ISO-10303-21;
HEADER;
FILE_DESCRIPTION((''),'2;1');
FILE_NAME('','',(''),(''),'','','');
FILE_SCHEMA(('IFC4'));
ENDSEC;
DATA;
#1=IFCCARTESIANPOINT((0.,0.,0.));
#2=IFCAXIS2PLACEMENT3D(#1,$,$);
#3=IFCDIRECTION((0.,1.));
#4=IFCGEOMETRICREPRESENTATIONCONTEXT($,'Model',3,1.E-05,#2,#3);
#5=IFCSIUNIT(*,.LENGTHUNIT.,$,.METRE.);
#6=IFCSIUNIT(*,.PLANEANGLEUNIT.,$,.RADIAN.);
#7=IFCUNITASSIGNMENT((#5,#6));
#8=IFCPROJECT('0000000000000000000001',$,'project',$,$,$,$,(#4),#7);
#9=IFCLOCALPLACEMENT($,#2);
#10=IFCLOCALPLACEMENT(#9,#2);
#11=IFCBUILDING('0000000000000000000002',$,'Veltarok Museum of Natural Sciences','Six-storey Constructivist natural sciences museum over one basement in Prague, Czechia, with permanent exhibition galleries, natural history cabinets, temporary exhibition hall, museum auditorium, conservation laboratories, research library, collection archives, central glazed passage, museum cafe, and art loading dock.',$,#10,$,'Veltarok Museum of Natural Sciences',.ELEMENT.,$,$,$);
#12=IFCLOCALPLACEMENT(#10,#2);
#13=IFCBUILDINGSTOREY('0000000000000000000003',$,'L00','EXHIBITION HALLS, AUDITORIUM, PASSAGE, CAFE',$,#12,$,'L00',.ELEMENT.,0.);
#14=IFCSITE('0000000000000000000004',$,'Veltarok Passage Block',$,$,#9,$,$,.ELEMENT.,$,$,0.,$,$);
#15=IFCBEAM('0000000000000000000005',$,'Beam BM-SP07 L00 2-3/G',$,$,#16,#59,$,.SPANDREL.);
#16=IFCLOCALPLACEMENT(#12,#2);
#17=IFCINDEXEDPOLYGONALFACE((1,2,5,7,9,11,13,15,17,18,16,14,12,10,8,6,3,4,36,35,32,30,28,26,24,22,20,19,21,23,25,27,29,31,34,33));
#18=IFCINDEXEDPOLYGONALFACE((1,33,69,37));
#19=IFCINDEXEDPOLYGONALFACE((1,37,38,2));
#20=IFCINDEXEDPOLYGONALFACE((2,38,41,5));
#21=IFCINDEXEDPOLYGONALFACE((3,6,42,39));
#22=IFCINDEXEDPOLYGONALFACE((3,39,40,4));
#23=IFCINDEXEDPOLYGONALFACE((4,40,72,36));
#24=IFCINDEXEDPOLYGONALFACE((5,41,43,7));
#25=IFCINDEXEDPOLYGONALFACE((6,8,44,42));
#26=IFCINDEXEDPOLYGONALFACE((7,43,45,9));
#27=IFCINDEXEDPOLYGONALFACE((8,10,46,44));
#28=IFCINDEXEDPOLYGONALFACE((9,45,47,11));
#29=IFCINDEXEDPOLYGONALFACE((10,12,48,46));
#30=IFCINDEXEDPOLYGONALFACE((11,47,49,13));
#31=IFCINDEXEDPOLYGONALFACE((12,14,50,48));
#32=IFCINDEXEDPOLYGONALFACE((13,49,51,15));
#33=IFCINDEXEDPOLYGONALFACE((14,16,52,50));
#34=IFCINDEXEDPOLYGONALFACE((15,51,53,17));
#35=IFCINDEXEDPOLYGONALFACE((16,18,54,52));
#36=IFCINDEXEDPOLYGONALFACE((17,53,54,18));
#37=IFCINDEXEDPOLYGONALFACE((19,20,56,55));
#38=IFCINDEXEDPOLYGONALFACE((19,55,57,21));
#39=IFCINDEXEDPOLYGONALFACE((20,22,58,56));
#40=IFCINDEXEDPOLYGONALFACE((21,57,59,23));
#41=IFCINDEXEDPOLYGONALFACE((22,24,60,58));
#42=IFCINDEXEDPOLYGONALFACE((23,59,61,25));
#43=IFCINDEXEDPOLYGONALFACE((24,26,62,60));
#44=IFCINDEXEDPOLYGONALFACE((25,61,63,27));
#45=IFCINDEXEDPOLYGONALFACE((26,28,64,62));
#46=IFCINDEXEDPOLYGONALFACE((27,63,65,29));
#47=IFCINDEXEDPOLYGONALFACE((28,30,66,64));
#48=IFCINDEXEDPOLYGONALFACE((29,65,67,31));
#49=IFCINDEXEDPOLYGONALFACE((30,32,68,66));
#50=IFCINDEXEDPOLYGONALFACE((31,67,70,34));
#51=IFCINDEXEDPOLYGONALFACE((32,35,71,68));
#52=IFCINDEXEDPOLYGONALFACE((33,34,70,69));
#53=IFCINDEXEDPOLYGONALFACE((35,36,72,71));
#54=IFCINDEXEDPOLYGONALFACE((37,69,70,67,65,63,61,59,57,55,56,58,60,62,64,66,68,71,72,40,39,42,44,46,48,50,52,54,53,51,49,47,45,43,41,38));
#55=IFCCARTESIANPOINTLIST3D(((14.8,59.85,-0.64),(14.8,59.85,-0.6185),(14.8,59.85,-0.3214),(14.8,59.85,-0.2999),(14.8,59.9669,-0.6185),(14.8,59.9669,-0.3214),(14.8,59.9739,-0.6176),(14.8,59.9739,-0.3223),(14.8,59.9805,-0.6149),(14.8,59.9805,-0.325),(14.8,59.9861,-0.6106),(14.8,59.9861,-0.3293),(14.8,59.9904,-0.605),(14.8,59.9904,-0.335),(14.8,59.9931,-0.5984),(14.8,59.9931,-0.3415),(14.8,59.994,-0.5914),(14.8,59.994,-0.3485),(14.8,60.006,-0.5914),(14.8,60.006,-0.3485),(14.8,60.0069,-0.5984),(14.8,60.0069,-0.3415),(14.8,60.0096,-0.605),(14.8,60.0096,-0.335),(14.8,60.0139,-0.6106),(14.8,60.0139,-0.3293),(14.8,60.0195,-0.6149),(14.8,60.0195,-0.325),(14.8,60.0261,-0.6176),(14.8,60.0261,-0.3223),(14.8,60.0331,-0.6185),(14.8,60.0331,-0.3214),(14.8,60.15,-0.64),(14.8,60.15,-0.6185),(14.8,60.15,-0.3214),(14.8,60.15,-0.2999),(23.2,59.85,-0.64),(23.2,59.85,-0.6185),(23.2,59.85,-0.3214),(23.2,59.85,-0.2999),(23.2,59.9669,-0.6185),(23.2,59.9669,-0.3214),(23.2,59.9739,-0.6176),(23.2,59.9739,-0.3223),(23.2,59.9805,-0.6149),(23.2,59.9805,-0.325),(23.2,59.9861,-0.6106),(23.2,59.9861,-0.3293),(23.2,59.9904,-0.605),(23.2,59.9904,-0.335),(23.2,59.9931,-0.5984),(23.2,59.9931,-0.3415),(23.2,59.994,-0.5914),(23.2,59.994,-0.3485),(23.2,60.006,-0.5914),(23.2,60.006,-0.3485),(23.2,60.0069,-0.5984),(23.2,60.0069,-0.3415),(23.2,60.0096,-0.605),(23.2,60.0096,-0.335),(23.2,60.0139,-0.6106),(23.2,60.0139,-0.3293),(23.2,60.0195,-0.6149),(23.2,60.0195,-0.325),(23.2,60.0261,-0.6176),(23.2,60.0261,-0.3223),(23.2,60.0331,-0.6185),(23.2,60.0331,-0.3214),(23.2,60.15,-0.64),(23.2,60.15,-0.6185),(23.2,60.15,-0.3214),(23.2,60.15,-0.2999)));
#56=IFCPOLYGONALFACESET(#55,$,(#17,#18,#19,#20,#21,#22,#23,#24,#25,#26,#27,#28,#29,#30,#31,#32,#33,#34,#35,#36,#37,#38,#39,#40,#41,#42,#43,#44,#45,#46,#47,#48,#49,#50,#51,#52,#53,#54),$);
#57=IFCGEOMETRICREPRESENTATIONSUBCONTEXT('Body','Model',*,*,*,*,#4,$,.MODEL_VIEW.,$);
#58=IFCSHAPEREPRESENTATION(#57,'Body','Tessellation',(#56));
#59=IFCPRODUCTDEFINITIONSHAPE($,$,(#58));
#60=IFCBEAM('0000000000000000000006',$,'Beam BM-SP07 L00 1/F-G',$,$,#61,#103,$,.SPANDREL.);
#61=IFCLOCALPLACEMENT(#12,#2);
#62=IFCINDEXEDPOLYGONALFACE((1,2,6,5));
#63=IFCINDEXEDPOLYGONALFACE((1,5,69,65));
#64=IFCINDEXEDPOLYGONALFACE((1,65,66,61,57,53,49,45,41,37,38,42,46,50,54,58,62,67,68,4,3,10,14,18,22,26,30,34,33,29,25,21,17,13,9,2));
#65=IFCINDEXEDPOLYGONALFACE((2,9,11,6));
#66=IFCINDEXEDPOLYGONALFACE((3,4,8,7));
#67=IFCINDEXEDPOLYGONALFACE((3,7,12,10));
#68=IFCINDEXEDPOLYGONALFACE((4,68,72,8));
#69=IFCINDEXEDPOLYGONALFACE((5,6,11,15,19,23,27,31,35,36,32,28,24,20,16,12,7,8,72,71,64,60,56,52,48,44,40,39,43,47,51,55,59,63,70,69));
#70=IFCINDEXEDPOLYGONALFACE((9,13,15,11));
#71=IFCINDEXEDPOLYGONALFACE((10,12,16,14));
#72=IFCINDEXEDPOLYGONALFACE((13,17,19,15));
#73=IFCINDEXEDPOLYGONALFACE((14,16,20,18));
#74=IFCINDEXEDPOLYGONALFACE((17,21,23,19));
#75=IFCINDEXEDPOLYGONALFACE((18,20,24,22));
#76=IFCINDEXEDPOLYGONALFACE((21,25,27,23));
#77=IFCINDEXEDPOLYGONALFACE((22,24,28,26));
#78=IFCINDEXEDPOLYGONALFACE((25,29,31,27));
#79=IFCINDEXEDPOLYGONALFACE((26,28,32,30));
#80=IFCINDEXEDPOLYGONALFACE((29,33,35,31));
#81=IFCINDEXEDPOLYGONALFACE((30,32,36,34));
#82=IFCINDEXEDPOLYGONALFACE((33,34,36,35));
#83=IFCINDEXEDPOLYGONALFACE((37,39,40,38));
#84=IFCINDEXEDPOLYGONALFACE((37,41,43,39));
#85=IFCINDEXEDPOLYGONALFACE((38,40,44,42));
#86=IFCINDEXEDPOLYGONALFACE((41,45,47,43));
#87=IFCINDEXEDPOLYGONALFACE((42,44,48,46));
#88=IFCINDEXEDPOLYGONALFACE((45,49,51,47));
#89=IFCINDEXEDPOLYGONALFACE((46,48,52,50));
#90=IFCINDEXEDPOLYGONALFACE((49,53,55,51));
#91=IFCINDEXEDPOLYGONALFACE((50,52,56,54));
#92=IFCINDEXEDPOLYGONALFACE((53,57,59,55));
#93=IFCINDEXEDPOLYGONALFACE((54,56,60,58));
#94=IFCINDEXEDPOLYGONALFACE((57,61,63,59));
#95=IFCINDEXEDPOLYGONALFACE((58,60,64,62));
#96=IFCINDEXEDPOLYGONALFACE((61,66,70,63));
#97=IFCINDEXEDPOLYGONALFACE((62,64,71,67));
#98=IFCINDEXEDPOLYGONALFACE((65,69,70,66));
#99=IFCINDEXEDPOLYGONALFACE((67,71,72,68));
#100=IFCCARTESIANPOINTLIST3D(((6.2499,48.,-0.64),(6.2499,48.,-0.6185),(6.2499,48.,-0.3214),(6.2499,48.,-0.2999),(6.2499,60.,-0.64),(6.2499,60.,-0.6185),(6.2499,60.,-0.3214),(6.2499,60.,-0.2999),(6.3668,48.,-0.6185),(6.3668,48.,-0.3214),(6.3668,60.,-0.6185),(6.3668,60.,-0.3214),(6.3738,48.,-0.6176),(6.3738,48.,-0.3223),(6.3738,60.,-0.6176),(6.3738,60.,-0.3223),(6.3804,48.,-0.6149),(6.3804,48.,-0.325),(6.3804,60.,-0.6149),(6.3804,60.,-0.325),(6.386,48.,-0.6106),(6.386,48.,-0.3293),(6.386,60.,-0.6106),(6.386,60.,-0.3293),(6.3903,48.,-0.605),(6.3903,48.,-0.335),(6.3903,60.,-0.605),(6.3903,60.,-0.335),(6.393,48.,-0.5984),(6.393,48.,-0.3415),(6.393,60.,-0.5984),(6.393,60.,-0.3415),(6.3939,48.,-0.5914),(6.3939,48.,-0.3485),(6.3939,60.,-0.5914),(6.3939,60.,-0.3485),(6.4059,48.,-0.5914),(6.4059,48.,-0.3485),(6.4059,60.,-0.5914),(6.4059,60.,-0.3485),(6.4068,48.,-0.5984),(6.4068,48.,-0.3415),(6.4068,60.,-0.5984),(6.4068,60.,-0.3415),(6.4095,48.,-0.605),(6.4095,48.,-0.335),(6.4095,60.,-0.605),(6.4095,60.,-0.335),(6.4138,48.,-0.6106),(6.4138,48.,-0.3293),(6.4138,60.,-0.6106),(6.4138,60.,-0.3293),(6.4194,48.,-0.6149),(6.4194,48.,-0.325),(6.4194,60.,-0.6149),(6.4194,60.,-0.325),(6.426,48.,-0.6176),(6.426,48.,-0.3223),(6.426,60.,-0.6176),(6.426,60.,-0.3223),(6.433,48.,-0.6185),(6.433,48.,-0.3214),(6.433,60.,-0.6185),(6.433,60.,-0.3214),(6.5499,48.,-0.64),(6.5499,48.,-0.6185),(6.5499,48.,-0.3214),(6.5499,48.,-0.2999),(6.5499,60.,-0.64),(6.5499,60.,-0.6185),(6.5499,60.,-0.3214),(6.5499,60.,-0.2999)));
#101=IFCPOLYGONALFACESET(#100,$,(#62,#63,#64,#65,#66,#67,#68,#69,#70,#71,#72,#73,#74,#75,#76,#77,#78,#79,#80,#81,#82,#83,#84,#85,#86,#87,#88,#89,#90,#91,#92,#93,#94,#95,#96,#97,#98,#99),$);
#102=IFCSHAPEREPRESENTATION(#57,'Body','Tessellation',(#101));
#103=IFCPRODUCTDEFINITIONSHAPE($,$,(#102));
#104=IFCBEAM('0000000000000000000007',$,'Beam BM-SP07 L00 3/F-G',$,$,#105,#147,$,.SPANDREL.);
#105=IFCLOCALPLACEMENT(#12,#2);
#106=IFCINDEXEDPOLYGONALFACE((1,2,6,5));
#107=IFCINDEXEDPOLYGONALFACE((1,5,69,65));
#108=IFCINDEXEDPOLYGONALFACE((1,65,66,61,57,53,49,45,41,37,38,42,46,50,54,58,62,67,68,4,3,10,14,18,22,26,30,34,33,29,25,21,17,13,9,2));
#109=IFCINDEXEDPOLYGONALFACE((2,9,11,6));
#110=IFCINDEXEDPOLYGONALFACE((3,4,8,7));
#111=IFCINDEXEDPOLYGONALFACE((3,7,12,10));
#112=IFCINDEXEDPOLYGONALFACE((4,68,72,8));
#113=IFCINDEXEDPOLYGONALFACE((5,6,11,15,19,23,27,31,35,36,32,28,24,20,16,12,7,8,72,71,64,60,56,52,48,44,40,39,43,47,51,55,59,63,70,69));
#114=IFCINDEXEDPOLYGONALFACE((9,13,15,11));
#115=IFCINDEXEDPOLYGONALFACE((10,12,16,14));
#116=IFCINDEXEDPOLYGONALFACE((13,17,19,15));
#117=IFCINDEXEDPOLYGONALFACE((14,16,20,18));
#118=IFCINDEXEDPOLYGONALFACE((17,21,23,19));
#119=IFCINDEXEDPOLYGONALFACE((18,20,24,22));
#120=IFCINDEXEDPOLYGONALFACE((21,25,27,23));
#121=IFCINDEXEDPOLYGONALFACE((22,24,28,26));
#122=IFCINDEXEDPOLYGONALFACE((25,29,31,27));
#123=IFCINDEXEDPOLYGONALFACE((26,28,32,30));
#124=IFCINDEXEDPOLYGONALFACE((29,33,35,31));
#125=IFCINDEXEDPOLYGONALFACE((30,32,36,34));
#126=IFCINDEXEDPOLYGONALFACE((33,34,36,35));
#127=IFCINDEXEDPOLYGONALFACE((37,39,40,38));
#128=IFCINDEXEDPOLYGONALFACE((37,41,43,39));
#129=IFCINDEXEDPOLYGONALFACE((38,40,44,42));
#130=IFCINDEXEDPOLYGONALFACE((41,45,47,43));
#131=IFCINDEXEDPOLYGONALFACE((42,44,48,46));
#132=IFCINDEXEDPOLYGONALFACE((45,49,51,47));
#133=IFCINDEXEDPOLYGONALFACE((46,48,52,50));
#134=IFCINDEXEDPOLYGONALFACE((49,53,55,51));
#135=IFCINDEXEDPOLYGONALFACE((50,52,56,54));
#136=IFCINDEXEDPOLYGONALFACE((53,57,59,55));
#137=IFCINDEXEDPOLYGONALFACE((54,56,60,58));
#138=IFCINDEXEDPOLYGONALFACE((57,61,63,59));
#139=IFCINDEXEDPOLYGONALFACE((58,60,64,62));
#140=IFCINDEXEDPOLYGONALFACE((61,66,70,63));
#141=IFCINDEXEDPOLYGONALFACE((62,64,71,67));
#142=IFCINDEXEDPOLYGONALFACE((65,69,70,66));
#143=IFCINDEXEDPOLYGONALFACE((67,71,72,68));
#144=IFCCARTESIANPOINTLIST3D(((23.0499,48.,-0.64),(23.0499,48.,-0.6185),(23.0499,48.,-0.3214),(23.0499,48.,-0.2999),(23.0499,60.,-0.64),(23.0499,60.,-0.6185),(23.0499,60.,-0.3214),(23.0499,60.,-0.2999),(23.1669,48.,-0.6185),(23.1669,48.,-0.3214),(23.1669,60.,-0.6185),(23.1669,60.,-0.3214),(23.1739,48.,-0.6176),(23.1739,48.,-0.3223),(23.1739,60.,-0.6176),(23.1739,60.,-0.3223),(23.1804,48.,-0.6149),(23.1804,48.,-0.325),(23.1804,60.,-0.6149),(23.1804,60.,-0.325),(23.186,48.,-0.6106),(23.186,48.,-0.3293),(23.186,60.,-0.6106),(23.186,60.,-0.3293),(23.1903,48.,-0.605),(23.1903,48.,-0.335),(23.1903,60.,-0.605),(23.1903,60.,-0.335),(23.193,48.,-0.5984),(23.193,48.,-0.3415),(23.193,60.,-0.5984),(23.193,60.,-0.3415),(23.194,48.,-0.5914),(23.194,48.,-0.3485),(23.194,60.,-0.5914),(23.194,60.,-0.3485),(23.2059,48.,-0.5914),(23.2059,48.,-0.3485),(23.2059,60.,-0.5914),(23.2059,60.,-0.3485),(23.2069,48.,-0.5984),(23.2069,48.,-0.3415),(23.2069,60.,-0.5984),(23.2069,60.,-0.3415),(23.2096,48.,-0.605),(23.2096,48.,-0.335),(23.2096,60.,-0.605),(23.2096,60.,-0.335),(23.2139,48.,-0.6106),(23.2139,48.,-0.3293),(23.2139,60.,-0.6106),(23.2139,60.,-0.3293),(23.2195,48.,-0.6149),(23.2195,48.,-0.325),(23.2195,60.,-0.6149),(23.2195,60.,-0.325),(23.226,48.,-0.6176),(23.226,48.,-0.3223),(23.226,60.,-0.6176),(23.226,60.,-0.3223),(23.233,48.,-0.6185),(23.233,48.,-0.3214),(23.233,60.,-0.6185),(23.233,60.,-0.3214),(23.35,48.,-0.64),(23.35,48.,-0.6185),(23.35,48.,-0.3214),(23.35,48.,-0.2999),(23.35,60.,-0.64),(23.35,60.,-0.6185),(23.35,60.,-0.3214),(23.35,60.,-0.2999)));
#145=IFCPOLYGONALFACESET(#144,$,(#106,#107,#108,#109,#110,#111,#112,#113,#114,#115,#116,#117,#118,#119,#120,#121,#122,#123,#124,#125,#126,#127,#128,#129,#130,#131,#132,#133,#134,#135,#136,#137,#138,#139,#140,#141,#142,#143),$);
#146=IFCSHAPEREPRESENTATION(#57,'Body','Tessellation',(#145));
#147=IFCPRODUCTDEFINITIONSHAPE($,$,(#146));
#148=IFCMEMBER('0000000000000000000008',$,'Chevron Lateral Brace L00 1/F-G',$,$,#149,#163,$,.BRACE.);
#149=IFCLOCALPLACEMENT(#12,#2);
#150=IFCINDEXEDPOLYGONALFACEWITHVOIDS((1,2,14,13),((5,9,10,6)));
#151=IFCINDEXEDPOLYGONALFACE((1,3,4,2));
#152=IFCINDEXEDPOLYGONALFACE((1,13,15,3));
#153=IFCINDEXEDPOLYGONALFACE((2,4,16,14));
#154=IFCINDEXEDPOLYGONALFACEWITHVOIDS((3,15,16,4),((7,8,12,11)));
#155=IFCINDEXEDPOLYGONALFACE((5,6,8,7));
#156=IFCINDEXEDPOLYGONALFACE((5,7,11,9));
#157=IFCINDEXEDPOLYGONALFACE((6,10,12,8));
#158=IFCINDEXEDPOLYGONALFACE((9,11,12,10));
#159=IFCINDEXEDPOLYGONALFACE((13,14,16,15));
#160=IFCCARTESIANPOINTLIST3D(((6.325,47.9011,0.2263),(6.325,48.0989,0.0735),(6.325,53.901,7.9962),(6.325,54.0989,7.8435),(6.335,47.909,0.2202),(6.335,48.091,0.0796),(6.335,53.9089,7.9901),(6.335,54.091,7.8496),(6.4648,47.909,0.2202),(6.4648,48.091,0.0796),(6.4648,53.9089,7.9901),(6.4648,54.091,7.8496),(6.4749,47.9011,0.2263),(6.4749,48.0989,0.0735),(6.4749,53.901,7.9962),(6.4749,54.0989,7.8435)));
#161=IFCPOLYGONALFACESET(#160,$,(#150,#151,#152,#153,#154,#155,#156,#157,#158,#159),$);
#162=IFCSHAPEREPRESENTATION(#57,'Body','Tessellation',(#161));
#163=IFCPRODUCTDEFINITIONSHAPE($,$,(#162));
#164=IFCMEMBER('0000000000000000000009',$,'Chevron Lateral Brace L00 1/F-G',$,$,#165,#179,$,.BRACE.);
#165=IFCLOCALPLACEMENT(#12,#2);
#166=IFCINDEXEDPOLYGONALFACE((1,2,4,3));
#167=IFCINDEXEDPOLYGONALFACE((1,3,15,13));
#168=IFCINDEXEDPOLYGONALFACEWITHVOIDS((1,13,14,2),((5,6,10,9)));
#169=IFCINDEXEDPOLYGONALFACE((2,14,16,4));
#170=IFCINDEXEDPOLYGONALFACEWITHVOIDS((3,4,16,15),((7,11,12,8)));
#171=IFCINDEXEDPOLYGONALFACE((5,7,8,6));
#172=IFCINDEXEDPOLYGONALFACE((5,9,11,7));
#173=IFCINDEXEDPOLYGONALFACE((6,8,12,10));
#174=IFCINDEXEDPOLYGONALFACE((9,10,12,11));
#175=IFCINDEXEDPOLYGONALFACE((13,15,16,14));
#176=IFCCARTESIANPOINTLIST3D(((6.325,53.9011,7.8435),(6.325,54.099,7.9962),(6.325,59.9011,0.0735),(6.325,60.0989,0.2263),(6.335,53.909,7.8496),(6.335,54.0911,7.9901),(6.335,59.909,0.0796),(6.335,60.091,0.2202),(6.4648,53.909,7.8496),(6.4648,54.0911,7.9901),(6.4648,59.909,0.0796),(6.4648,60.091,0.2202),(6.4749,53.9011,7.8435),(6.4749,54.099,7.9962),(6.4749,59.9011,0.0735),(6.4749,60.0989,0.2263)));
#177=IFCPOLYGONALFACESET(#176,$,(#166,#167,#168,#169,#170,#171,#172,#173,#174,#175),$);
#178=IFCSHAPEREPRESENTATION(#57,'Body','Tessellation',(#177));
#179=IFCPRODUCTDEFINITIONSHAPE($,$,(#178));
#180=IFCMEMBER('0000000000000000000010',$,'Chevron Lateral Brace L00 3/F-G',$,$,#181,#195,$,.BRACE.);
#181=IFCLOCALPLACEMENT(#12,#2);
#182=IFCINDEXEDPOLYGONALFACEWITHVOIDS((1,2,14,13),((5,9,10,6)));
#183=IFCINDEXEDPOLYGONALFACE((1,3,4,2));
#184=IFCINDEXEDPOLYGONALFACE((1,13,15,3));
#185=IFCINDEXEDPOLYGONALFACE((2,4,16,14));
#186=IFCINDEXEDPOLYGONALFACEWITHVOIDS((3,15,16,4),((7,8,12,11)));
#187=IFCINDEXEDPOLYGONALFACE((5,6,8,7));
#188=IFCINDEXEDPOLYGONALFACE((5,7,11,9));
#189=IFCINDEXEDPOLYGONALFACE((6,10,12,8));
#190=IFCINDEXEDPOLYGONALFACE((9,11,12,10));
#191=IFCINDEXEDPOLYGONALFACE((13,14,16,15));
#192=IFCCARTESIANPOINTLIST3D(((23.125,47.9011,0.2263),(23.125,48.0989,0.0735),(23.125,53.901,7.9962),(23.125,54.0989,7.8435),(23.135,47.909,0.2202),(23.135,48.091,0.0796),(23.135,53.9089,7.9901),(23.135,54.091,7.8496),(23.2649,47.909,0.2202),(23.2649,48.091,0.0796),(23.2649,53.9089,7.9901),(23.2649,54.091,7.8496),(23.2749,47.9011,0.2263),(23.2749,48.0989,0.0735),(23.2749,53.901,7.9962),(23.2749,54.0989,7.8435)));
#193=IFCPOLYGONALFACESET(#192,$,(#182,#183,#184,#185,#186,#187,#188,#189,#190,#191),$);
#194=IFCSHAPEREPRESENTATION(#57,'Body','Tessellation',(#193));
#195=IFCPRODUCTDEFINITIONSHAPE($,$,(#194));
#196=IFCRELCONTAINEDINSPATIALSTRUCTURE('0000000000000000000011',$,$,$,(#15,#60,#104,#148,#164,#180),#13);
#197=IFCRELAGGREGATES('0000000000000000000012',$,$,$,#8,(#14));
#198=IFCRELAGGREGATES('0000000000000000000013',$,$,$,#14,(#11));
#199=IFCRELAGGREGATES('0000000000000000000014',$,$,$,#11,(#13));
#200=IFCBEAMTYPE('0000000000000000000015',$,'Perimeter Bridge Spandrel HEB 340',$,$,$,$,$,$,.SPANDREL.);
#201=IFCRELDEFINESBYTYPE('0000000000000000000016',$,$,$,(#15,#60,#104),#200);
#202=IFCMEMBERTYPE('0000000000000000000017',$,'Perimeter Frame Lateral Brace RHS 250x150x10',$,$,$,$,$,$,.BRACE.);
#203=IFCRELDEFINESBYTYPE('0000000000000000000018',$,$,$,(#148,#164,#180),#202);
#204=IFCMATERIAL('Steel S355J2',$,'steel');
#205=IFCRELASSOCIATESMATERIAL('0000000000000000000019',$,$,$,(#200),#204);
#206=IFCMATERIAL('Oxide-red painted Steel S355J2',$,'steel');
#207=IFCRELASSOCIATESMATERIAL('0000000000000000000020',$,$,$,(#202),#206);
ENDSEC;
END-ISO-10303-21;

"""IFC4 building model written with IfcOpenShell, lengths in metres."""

from ifc_helpers import new_model, si_unit, direction, frame, origin, origin_2d, place, context, subcontext, project, spatial, hollow_rectangle, i_section, extrude, material, material_profile, profile_set, type_object, element, save


model = new_model("IFC4")

# Units and contexts
model_context = context("Model", 3, precision=1e-05, world=origin(), true_north=direction((0.0, 1.0)))
body_context = subcontext(model_context, "Body", "Model", "MODEL_VIEW")
ifc_project = project(units=[si_unit("LENGTHUNIT", "METRE"), si_unit("PLANEANGLEUNIT", "RADIAN")], contexts=[model_context])

# Site, building, storey
site_placement = place(None, origin())
site = spatial("IfcSite", under=ifc_project, at=site_placement, Name="Veltarok Passage Block", CompositionType="ELEMENT", RefElevation=0.0)
building_placement = place(site_placement, origin())
building = spatial("IfcBuilding", under=site, at=building_placement, Name="Veltarok Museum of Natural Sciences", Description="Six-storey Constructivist natural sciences museum over one basement in Prague, Czechia, with permanent exhibition galleries, natural history cabinets, temporary exhibition hall, museum auditorium, conservation laboratories, research library, collection archives, central glazed passage, museum cafe, and art loading dock.", LongName="Veltarok Museum of Natural Sciences", CompositionType="ELEMENT")
storey_placement = place(building_placement, origin())
storey = spatial("IfcBuildingStorey", under=building, at=storey_placement, Name="L00", Description="EXHIBITION HALLS, AUDITORIUM, PASSAGE, CAFE", LongName="L00", CompositionType="ELEMENT", Elevation=0.0)

# Shared definitions
ifc_material_1 = material(Name="Steel S355J2", Category="steel")

# Beams
ifc_material_profile_1 = material_profile(ifc_material_1, i_section(OverallWidth=0.3, OverallDepth=0.3401, WebThickness=0.012, FlangeThickness=0.0215, FilletRadius=0.0271, at=origin_2d()), Name="HEB 340")
ifc_profile_set_1 = profile_set([ifc_material_profile_1], Name="Steel S355J2")
beam_type_1 = type_object("IfcBeamType", Name="Perimeter Bridge Spandrel HEB 340", PredefinedType="SPANDREL", material=ifc_profile_set_1)
beam_1_placement = place(storey_placement, frame((14.8, 60.0, -0.47), z_axis=(1.0, 0.0, 0.0), x_axis=(0.0, 1.0, 0.0)))
element("IfcBeam", 1, at=beam_1_placement, inside=storey, type_object=beam_type_1, Name="Beam BM-SP07 L00 2-3/G", PredefinedType="SPANDREL", context=body_context, shape_type="SweptSolid", body=[
    extrude(i_section(OverallWidth=0.3, OverallDepth=0.3401, WebThickness=0.012, FlangeThickness=0.0215, FilletRadius=0.0271, at=origin_2d()), origin(), (0.0, 0.0, 1.0), 8.3999),
])
for number, where, z_axis, x_axis, name in (
    (2, (6.3999, 48.0, -0.47), (0.0, 1.0, 0.0), (-1.0, 0.0, 0.0), "Beam BM-SP07 L00 1/F-G"),
    (3, (23.2, 48.0, -0.47), (0.0, 1.0, 0.0), (-1.0, 0.0, 0.0), "Beam BM-SP07 L00 3/F-G"),
):
    element("IfcBeam", number, at=place(storey_placement, frame(where, z_axis=z_axis, x_axis=x_axis)), inside=storey, type_object=beam_type_1, Name=name, PredefinedType="SPANDREL", context=body_context, shape_type="SweptSolid", body=[
        extrude(i_section(OverallWidth=0.3, OverallDepth=0.3401, WebThickness=0.012, FlangeThickness=0.0215, FilletRadius=0.0271, at=origin_2d()), origin(), (0.0, 0.0, 1.0), 12.0),
    ])

# Members
ifc_material_2 = material(Name="Oxide-red painted Steel S355J2", Category="steel")
ifc_material_profile_2 = material_profile(ifc_material_2, hollow_rectangle(XDim=0.1499, YDim=0.25, WallThickness=0.01, at=origin_2d()), Name="RHS 250x150x10")
ifc_profile_set_2 = profile_set([ifc_material_profile_2], Name="Oxide-red painted Steel S355J2")
member_type = type_object("IfcMemberType", Name="Perimeter Frame Lateral Brace RHS 250x150x10", PredefinedType="BRACE", material=ifc_profile_set_2)
for number, where, z_axis, x_axis, name in (
    (4, (6.3999, 48.0, 0.1499), (0.0, 0.611186, 0.791487), (-1.0, 0.0, 0.0), "Chevron Lateral Brace L00 1/F-G"),
    (5, (6.3999, 60.0, 0.1499), (0.0, -0.611186, 0.791487), (1.0, 0.0, 0.0), "Chevron Lateral Brace L00 1/F-G"),
    (6, (23.2, 48.0, 0.1499), (0.0, 0.611186, 0.791487), (-1.0, 0.0, 0.0), "Chevron Lateral Brace L00 3/F-G"),
):
    element("IfcMember", number, at=place(storey_placement, frame(where, z_axis=z_axis, x_axis=x_axis)), inside=storey, type_object=member_type, Name=name, PredefinedType="BRACE", context=body_context, shape_type="SweptSolid", body=[
        extrude(hollow_rectangle(XDim=0.1499, YDim=0.25, WallThickness=0.01, at=origin_2d()), origin(), (0.0, 0.0, 1.0), 9.8169),
    ])

save(model, "model.ifc")
